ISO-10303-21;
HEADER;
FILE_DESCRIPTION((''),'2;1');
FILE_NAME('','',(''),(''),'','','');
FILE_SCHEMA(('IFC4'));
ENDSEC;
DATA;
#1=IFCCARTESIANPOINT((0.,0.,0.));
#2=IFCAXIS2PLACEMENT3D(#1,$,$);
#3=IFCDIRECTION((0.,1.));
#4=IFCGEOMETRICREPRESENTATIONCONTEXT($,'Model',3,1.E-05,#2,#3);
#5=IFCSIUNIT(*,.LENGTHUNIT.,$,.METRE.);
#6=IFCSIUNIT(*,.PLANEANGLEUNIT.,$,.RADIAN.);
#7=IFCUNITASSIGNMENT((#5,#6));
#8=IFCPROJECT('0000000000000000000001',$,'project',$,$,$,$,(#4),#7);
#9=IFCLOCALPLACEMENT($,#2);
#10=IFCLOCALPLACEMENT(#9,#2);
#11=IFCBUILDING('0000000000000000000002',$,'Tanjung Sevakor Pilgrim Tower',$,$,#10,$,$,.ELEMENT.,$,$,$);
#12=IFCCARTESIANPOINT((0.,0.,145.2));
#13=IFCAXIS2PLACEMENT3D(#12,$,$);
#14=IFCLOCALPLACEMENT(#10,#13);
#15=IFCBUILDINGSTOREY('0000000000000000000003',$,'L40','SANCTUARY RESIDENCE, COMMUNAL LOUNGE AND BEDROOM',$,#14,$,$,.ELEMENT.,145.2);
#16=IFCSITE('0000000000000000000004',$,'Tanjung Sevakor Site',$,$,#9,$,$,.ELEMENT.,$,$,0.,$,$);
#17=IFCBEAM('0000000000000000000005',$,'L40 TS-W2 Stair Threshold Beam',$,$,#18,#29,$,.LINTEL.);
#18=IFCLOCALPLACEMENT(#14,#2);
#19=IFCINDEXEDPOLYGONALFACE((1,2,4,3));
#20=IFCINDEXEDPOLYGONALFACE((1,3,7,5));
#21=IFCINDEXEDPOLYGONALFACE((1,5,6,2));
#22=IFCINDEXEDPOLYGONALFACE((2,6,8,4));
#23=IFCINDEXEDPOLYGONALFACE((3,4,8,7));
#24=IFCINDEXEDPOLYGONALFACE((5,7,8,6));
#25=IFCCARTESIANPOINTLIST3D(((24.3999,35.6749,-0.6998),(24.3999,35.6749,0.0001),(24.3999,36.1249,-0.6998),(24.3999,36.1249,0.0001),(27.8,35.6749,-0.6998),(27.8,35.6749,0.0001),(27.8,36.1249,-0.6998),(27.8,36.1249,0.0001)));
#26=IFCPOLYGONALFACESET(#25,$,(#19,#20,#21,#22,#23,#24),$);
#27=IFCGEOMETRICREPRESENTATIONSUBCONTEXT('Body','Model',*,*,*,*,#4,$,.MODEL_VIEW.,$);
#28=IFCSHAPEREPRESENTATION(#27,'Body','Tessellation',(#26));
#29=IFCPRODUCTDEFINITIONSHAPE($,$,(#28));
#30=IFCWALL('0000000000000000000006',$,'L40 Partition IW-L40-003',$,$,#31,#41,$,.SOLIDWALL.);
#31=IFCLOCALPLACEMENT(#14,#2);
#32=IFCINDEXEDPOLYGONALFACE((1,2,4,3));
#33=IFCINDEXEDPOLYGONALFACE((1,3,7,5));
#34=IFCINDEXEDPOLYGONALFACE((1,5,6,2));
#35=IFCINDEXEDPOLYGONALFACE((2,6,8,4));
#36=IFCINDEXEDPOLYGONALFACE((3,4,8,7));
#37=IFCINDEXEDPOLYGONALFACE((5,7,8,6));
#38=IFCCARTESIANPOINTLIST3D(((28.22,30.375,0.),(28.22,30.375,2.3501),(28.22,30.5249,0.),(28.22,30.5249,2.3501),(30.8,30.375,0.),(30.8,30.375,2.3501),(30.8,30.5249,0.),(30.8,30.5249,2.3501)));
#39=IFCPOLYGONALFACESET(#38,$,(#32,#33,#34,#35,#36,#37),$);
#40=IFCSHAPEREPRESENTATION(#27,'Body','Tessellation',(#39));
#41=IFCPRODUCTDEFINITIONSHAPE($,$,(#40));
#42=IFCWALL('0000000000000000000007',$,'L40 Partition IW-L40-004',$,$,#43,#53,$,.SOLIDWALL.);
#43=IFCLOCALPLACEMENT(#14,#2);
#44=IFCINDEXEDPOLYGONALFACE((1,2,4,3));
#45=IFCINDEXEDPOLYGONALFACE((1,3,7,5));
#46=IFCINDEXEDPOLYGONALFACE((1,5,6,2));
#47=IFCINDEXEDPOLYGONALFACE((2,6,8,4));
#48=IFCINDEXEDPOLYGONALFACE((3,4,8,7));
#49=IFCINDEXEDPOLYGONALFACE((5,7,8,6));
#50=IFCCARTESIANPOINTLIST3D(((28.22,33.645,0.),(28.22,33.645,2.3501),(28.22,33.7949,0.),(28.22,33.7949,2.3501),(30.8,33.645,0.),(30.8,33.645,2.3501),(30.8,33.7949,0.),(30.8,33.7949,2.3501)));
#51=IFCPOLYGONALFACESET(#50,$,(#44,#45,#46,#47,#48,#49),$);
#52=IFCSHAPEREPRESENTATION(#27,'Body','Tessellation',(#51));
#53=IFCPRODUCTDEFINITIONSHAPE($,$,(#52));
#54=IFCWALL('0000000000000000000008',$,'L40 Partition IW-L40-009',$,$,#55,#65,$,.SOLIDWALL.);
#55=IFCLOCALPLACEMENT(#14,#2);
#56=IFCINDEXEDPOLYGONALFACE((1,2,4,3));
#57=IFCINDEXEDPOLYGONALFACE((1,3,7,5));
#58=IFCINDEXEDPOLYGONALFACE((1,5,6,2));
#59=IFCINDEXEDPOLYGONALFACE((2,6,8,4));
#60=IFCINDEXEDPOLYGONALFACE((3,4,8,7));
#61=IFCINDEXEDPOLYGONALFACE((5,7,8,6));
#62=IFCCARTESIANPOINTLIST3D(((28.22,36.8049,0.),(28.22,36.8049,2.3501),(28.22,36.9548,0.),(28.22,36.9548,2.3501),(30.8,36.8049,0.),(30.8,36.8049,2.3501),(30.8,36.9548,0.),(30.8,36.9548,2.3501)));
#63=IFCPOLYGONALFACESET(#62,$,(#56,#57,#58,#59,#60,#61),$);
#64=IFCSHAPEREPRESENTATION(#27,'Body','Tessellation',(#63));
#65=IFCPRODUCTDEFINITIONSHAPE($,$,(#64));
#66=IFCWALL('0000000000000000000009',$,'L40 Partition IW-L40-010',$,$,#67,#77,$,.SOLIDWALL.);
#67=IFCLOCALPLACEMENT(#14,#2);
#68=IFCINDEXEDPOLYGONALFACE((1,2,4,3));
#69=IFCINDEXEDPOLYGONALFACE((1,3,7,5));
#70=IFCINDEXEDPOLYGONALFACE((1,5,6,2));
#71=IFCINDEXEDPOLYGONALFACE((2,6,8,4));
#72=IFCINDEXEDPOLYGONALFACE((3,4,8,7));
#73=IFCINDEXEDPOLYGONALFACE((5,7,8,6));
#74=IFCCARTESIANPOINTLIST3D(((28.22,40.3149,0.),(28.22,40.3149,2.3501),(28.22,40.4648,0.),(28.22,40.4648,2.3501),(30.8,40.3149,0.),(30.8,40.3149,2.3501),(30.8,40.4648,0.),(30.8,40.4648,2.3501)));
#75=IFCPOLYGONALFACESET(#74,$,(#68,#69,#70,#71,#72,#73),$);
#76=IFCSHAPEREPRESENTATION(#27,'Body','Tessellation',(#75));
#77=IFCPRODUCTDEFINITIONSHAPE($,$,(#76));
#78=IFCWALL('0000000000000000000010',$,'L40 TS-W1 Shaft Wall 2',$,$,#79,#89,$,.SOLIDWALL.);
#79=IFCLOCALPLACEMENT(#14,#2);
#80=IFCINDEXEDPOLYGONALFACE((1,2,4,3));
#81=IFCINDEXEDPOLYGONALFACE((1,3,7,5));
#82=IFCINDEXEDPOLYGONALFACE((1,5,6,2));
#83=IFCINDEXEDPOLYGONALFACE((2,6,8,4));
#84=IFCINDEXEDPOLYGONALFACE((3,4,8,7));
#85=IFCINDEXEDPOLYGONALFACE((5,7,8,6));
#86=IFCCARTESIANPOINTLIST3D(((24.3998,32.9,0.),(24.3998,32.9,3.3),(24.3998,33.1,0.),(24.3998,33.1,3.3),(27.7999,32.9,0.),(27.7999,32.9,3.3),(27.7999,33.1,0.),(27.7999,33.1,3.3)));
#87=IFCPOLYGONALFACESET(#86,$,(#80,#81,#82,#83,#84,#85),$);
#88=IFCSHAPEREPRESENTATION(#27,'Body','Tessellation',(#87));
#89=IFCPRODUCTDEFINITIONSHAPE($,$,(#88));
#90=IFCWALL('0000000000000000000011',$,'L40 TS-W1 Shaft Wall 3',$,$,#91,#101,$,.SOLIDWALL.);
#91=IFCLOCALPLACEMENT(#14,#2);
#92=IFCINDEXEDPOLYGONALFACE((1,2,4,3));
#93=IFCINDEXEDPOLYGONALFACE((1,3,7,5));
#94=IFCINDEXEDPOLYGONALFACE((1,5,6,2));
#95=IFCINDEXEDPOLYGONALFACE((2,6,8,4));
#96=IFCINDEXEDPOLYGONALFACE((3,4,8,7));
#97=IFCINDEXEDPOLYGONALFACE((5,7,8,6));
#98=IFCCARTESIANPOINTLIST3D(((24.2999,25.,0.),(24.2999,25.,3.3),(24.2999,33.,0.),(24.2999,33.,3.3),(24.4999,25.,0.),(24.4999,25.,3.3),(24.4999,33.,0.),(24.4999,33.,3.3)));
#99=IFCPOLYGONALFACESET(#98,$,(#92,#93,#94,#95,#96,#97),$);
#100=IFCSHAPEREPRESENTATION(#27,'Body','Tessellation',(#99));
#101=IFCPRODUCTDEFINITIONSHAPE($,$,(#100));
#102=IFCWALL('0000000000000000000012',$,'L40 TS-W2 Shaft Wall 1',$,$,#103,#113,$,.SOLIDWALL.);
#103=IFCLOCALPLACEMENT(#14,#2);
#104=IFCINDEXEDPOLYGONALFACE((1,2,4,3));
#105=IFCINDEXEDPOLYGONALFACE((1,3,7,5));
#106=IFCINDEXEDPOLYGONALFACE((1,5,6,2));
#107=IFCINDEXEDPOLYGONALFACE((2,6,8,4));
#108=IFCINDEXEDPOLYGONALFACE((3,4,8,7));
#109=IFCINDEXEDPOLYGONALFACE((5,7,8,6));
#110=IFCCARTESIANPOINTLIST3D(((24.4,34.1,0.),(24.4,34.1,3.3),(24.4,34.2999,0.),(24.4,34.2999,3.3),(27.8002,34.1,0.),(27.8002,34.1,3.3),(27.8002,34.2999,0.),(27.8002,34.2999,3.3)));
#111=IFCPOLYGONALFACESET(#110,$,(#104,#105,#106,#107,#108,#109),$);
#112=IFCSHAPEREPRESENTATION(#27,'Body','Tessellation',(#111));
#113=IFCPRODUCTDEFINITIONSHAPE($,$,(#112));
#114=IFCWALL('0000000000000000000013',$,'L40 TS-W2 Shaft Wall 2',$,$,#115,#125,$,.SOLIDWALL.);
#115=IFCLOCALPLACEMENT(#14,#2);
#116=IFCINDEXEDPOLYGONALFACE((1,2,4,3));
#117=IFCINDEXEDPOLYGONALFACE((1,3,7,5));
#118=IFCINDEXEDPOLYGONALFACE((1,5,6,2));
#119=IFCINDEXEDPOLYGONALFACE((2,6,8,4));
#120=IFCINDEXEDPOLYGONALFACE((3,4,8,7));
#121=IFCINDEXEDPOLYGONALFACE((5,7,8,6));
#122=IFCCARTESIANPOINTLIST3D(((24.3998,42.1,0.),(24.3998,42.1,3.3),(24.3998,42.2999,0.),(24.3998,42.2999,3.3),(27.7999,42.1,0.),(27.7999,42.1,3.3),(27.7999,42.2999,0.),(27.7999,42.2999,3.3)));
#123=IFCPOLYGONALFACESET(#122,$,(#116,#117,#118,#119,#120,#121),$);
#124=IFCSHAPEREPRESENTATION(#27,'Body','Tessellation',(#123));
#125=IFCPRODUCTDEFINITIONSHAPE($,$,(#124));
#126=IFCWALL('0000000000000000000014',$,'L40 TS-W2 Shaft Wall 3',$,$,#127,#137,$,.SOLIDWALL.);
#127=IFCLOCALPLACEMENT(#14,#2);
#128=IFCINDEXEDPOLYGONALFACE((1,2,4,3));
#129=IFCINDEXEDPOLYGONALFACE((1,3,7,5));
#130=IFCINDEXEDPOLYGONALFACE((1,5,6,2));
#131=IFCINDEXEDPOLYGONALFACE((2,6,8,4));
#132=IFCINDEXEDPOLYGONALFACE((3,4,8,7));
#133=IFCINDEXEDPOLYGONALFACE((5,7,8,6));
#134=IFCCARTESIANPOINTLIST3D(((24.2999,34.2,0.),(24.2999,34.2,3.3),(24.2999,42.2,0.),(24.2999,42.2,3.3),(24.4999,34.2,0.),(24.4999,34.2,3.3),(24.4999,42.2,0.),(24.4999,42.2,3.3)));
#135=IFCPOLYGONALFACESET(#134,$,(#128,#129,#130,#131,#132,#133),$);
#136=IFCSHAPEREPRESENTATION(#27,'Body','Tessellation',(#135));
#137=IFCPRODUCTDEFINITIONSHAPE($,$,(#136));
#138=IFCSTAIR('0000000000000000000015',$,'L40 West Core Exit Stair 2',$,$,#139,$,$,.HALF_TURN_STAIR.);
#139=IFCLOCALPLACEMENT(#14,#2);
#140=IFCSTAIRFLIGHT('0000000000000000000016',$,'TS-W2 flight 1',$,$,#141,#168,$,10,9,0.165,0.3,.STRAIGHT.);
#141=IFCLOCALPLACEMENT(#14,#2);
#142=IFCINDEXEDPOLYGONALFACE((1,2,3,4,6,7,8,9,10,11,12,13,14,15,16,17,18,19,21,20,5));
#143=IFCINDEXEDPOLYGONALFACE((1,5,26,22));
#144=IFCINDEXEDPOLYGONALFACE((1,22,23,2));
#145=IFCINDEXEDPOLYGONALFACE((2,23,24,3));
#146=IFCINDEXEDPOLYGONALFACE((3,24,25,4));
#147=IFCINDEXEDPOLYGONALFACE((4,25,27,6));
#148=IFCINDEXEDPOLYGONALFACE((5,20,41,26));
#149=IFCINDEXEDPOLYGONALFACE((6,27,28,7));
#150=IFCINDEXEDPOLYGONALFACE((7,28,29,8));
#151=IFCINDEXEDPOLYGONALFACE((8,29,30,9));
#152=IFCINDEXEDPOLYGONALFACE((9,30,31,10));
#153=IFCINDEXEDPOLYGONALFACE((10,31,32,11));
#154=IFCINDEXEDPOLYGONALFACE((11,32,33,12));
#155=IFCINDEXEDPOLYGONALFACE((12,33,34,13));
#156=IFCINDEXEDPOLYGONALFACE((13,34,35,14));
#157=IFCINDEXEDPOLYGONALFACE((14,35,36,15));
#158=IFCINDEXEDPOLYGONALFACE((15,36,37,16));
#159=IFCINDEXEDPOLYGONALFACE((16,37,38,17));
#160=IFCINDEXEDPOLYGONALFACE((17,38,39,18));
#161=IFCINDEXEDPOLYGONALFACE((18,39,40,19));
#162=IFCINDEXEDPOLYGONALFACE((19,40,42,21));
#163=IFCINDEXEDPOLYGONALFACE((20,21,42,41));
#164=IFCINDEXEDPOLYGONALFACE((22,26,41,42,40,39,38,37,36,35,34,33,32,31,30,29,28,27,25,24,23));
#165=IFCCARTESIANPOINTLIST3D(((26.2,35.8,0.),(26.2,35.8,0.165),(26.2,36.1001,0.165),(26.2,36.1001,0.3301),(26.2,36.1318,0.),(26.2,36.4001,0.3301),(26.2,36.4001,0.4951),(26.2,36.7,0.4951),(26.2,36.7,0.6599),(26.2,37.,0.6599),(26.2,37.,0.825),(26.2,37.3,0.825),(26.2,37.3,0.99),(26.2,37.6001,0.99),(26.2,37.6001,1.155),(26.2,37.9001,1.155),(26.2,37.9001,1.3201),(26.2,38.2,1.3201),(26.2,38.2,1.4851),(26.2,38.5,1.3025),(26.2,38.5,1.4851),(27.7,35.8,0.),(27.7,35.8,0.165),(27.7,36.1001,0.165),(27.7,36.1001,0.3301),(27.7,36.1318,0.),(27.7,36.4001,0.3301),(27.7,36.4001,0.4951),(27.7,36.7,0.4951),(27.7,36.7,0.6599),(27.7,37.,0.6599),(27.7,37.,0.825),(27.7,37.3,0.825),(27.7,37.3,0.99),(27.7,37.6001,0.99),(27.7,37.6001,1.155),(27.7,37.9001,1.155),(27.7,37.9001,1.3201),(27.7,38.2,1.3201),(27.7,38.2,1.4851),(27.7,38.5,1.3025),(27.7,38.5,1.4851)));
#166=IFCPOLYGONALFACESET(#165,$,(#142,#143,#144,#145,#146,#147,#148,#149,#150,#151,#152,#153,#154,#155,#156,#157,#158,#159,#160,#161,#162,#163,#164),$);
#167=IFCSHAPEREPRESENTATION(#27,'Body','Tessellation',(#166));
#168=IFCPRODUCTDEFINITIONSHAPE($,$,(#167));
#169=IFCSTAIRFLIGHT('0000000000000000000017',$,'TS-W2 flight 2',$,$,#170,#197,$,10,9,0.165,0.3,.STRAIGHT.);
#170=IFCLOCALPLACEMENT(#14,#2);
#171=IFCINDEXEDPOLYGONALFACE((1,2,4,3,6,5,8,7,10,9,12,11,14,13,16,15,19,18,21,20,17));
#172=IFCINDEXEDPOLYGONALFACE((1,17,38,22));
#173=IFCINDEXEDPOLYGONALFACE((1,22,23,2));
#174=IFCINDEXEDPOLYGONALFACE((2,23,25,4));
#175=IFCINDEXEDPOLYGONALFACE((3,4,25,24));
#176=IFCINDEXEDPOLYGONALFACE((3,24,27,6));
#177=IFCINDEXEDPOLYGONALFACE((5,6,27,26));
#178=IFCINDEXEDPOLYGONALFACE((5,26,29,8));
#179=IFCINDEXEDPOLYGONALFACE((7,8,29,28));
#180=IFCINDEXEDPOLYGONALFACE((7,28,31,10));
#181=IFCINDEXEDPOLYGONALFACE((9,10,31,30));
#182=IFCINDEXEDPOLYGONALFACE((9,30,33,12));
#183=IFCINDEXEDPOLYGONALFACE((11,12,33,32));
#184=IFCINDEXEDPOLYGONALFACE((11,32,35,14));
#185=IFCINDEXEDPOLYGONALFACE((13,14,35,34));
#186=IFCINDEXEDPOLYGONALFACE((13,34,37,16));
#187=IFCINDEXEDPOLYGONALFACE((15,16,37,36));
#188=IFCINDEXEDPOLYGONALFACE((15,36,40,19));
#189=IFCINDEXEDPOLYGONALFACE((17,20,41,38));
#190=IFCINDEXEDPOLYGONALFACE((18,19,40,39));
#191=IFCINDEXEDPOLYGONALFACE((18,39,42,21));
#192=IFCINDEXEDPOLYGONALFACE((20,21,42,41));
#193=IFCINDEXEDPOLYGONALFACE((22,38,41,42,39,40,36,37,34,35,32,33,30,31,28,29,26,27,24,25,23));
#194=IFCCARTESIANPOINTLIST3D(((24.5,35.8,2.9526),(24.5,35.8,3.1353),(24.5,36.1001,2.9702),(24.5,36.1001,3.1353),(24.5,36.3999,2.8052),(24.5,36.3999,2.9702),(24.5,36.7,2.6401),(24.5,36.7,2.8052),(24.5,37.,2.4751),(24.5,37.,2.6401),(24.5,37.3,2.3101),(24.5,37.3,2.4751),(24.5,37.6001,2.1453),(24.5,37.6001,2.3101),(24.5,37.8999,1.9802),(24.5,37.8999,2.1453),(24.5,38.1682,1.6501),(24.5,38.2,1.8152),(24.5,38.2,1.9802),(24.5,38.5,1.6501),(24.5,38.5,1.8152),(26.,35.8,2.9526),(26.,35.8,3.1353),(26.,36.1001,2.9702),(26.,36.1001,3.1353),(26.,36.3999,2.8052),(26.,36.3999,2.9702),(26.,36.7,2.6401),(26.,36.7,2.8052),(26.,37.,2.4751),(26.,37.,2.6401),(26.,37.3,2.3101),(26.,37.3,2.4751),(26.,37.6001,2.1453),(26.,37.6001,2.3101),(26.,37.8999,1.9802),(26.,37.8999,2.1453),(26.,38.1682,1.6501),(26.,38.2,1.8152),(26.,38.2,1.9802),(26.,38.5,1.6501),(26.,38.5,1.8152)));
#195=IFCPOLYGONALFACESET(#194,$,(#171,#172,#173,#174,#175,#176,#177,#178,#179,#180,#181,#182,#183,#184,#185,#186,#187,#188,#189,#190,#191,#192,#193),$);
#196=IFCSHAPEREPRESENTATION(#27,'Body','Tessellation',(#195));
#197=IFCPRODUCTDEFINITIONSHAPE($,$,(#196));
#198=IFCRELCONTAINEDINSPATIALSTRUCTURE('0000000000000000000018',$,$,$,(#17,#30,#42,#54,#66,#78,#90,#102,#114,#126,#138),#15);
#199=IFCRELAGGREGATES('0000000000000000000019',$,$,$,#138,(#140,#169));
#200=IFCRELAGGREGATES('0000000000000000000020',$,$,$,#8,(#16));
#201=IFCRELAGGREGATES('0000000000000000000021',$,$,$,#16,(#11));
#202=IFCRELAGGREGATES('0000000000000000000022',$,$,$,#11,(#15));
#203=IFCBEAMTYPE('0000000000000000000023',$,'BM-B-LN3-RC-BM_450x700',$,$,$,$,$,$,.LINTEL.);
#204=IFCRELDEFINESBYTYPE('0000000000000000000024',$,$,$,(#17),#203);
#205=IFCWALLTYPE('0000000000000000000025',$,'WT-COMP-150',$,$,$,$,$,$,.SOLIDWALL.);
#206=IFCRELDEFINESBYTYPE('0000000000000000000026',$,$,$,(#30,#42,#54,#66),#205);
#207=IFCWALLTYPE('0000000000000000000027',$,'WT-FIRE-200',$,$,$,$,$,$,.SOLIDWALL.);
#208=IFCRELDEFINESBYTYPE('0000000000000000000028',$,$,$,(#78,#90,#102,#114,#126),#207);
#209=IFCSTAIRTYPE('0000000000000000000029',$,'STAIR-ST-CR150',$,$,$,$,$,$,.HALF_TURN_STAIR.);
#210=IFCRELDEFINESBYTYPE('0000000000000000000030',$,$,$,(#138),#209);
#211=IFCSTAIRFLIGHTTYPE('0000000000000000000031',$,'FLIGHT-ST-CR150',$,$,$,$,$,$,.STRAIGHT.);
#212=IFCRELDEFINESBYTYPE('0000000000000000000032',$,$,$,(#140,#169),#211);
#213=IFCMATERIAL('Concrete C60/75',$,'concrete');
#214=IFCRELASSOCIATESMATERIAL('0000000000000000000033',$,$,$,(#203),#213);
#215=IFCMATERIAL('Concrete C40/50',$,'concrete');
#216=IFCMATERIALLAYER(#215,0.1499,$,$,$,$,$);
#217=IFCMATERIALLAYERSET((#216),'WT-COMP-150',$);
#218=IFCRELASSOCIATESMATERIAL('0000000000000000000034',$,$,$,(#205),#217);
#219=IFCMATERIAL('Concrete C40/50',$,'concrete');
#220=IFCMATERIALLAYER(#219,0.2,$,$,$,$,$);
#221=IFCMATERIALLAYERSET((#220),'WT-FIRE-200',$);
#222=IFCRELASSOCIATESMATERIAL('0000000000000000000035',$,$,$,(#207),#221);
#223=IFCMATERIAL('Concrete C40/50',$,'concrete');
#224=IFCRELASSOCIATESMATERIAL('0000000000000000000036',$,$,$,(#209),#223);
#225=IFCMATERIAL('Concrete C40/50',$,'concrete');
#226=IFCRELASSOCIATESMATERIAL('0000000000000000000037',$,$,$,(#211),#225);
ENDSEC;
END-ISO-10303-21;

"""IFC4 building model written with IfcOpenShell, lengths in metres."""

from ifc_helpers import new_model, si_unit, direction, frame, frame_2d, origin, origin_2d, place, context, subcontext, project, spatial, polyline, rectangle, outline, extrude, material, layer, layer_set, material_profile, profile_set, type_object, element, aggregate, save


model = new_model("IFC4")

# Units and contexts
model_context = context("Model", 3, precision=1e-05, world=origin(), true_north=direction((0.0, 1.0)))
body_context = subcontext(model_context, "Body", "Model", "MODEL_VIEW")
ifc_project = project(units=[si_unit("LENGTHUNIT", "METRE"), si_unit("PLANEANGLEUNIT", "RADIAN")], contexts=[model_context])

# Site, building, storey
site_placement = place(None, origin())
site = spatial("IfcSite", under=ifc_project, at=site_placement, Name="Tanjung Sevakor Site", CompositionType="ELEMENT", RefElevation=0.0)
building_placement = place(site_placement, origin())
building = spatial("IfcBuilding", under=site, at=building_placement, Name="Tanjung Sevakor Pilgrim Tower", CompositionType="ELEMENT")
storey_placement = place(building_placement, frame((0.0, 0.0, 145.2)))
storey = spatial("IfcBuildingStorey", under=building, at=storey_placement, Name="L40", Description="SANCTUARY RESIDENCE, COMMUNAL LOUNGE AND BEDROOM", CompositionType="ELEMENT", Elevation=145.2)

# Beam
ifc_material_1 = material(Name="Concrete C60/75", Category="concrete")
ifc_material_profile = material_profile(ifc_material_1, rectangle(XDim=0.45, YDim=0.7, at=origin_2d()))
ifc_profile_set = profile_set([ifc_material_profile], Name="Concrete C60/75")
beam_type = type_object("IfcBeamType", Name="BM-B-LN3-RC-BM_450x700", PredefinedType="LINTEL", material=ifc_profile_set)
beam_placement = place(storey_placement, frame((24.3999, 35.8999, -0.3499), z_axis=(1.0, 0.0, 0.0), x_axis=(0.0, 1.0, 0.0)))
element("IfcBeam", 1, at=beam_placement, inside=storey, type_object=beam_type, Name="L40 TS-W2 Stair Threshold Beam", PredefinedType="LINTEL", context=body_context, shape_type="SweptSolid", body=[
    extrude(rectangle(XDim=0.45, YDim=0.7, at=origin_2d()), origin(), (0.0, 0.0, 1.0), 3.4001),
])

# Walls
ifc_material_2 = material(Name="Concrete C40/50", Category="concrete")
ifc_layer_1 = layer(ifc_material_2, 0.1499)
ifc_layer_set_1 = layer_set([ifc_layer_1], Name="WT-COMP-150")
wall_type_1 = type_object("IfcWallType", Name="WT-COMP-150", PredefinedType="SOLIDWALL", material=ifc_layer_set_1)
for number, where, z_axis, x_axis, name in (
    (2, (28.22, 30.45, 0.0), (0.0, 0.0, 1.0), (1.0, 0.0, 0.0), "L40 Partition IW-L40-003"),
    (3, (28.22, 33.72, 0.0), (0.0, 0.0, 1.0), (1.0, 0.0, 0.0), "L40 Partition IW-L40-004"),
    (4, (28.22, 36.8799, 0.0), (0.0, 0.0, 1.0), (1.0, 0.0, 0.0), "L40 Partition IW-L40-009"),
    (5, (28.22, 40.3899, 0.0), (0.0, 0.0, 1.0), (1.0, 0.0, 0.0), "L40 Partition IW-L40-010"),
):
    element("IfcWall", number, at=place(storey_placement, frame(where, z_axis=z_axis, x_axis=x_axis)), inside=storey, type_object=wall_type_1, Name=name, PredefinedType="SOLIDWALL", context=body_context, shape_type="SweptSolid", body=[
        extrude(rectangle(XDim=2.5801, YDim=0.1499, at=frame_2d((1.29, 0.0))), origin(), (0.0, 0.0, 1.0), 2.3501),
    ])
ifc_material_3 = material(Name="Concrete C40/50", Category="concrete")
ifc_layer_2 = layer(ifc_material_3, 0.2)
ifc_layer_set_2 = layer_set([ifc_layer_2], Name="WT-FIRE-200")
wall_type_2 = type_object("IfcWallType", Name="WT-FIRE-200", PredefinedType="SOLIDWALL", material=ifc_layer_set_2)
wall_1_placement = place(storey_placement, frame((27.8, 33.0, 0.0), z_axis=(0.0, 0.0, 1.0), x_axis=(-1.0, 0.0, 0.0)))
element("IfcWall", 6, at=wall_1_placement, inside=storey, type_object=wall_type_2, Name="L40 TS-W1 Shaft Wall 2", PredefinedType="SOLIDWALL", context=body_context, shape_type="SweptSolid", body=[
    extrude(rectangle(XDim=3.4001, YDim=0.2, at=frame_2d((1.7002, 0.0))), origin(), (0.0, 0.0, 1.0), 3.3),
])
wall_2_placement = place(storey_placement, frame((24.3999, 33.0, 0.0), z_axis=(0.0, 0.0, 1.0), x_axis=(0.0, -1.0, 0.0)))
element("IfcWall", 7, at=wall_2_placement, inside=storey, type_object=wall_type_2, Name="L40 TS-W1 Shaft Wall 3", PredefinedType="SOLIDWALL", context=body_context, shape_type="SweptSolid", body=[
    extrude(rectangle(XDim=8.0, YDim=0.2, at=frame_2d((4.0, 0.0))), origin(), (0.0, 0.0, 1.0), 3.3),
])
for number, where, z_axis, x_axis, name in (
    (8, (24.3999, 34.2, 0.0), (0.0, 0.0, 1.0), (1.0, 0.0, 0.0), "L40 TS-W2 Shaft Wall 1"),
    (9, (27.8, 42.2, 0.0), (0.0, 0.0, 1.0), (-1.0, 0.0, 0.0), "L40 TS-W2 Shaft Wall 2"),
):
    element("IfcWall", number, at=place(storey_placement, frame(where, z_axis=z_axis, x_axis=x_axis)), inside=storey, type_object=wall_type_2, Name=name, PredefinedType="SOLIDWALL", context=body_context, shape_type="SweptSolid", body=[
        extrude(rectangle(XDim=3.4001, YDim=0.2, at=frame_2d((1.7002, 0.0))), origin(), (0.0, 0.0, 1.0), 3.3),
    ])
wall_3_placement = place(storey_placement, frame((24.3999, 42.2, 0.0), z_axis=(0.0, 0.0, 1.0), x_axis=(0.0, -1.0, 0.0)))
element("IfcWall", 10, at=wall_3_placement, inside=storey, type_object=wall_type_2, Name="L40 TS-W2 Shaft Wall 3", PredefinedType="SOLIDWALL", context=body_context, shape_type="SweptSolid", body=[
    extrude(rectangle(XDim=8.0, YDim=0.2, at=frame_2d((4.0, 0.0))), origin(), (0.0, 0.0, 1.0), 3.3),
])

# Stair, stair flights
ifc_material_4 = material(Name="Concrete C40/50", Category="concrete")
stair_type = type_object("IfcStairType", Name="STAIR-ST-CR150", PredefinedType="HALF_TURN_STAIR", material=ifc_material_4)
stair_placement = place(storey_placement, origin())
stair = element("IfcStair", 11, at=stair_placement, inside=storey, type_object=stair_type, Name="L40 West Core Exit Stair 2", PredefinedType="HALF_TURN_STAIR")
ifc_material_5 = material(Name="Concrete C40/50", Category="concrete")
stair_flight_type = type_object("IfcStairFlightType", Name="FLIGHT-ST-CR150", PredefinedType="STRAIGHT", material=ifc_material_5)
stair_flight_1_placement = place(storey_placement, frame((26.95, 35.8, 0.0), z_axis=(0.0, 0.0, 1.0), x_axis=(0.0, 1.0, 0.0)))
stair_flight_1 = element("IfcStairFlight", 12, at=stair_flight_1_placement, type_object=stair_flight_type, Name="TS-W2 flight 1", NumberOfRisers=10, NumberOfTreads=9, PredefinedType="STRAIGHT", RiserHeight=0.165, TreadLength=0.3, context=body_context, shape_type="SweptSolid", body=[
    extrude(outline(polyline([(0.0, 0.0), (0.0, 0.165), (0.3, 0.165), (0.3, 0.3301), (0.6001, 0.3301), (0.6001, 0.4951), (0.8999, 0.4951), (0.8999, 0.6599), (1.2, 0.6599), (1.2, 0.825), (1.5, 0.825), (1.5, 0.99), (1.8, 0.99), (1.8, 1.155), (2.1001, 1.155), (2.1001, 1.3201), (2.3999, 1.3201), (2.3999, 1.4851), (2.7, 1.4851), (2.7, 1.6499), (2.7, 1.3025), (0.3318, 0.0), (0.0, 0.0)])), frame((0.0, 0.75, 0.0), z_axis=(0.0, -1.0, 0.0), x_axis=(1.0, 0.0, 0.0)), (0.0, 0.0, 1.0), 1.5),
])
stair_flight_2_placement = place(storey_placement, frame((25.25, 38.5, 1.6501), z_axis=(0.0, 0.0, 1.0), x_axis=(0.0, -1.0, 0.0)))
stair_flight_2 = element("IfcStairFlight", 13, at=stair_flight_2_placement, type_object=stair_flight_type, Name="TS-W2 flight 2", NumberOfRisers=10, NumberOfTreads=9, PredefinedType="STRAIGHT", RiserHeight=0.165, TreadLength=0.3, context=body_context, shape_type="SweptSolid", body=[
    extrude(outline(polyline([(0.0, 0.0), (0.0, 0.165), (0.3, 0.165), (0.3, 0.3301), (0.6001, 0.3301), (0.6001, 0.4951), (0.8999, 0.4951), (0.8999, 0.6599), (1.2, 0.6599), (1.2, 0.825), (1.5, 0.825), (1.5, 0.99), (1.8, 0.99), (1.8, 1.155), (2.1001, 1.155), (2.1001, 1.3201), (2.3999, 1.3201), (2.3999, 1.4851), (2.7, 1.4851), (2.7, 1.6499), (2.7, 1.3025), (0.3318, 0.0), (0.0, 0.0)])), frame((0.0, 0.75, 0.0), z_axis=(0.0, -1.0, 0.0), x_axis=(1.0, 0.0, 0.0)), (0.0, 0.0, 1.0), 1.5),
])
aggregate(stair, [stair_flight_1, stair_flight_2])

save(model, "model.ifc")
